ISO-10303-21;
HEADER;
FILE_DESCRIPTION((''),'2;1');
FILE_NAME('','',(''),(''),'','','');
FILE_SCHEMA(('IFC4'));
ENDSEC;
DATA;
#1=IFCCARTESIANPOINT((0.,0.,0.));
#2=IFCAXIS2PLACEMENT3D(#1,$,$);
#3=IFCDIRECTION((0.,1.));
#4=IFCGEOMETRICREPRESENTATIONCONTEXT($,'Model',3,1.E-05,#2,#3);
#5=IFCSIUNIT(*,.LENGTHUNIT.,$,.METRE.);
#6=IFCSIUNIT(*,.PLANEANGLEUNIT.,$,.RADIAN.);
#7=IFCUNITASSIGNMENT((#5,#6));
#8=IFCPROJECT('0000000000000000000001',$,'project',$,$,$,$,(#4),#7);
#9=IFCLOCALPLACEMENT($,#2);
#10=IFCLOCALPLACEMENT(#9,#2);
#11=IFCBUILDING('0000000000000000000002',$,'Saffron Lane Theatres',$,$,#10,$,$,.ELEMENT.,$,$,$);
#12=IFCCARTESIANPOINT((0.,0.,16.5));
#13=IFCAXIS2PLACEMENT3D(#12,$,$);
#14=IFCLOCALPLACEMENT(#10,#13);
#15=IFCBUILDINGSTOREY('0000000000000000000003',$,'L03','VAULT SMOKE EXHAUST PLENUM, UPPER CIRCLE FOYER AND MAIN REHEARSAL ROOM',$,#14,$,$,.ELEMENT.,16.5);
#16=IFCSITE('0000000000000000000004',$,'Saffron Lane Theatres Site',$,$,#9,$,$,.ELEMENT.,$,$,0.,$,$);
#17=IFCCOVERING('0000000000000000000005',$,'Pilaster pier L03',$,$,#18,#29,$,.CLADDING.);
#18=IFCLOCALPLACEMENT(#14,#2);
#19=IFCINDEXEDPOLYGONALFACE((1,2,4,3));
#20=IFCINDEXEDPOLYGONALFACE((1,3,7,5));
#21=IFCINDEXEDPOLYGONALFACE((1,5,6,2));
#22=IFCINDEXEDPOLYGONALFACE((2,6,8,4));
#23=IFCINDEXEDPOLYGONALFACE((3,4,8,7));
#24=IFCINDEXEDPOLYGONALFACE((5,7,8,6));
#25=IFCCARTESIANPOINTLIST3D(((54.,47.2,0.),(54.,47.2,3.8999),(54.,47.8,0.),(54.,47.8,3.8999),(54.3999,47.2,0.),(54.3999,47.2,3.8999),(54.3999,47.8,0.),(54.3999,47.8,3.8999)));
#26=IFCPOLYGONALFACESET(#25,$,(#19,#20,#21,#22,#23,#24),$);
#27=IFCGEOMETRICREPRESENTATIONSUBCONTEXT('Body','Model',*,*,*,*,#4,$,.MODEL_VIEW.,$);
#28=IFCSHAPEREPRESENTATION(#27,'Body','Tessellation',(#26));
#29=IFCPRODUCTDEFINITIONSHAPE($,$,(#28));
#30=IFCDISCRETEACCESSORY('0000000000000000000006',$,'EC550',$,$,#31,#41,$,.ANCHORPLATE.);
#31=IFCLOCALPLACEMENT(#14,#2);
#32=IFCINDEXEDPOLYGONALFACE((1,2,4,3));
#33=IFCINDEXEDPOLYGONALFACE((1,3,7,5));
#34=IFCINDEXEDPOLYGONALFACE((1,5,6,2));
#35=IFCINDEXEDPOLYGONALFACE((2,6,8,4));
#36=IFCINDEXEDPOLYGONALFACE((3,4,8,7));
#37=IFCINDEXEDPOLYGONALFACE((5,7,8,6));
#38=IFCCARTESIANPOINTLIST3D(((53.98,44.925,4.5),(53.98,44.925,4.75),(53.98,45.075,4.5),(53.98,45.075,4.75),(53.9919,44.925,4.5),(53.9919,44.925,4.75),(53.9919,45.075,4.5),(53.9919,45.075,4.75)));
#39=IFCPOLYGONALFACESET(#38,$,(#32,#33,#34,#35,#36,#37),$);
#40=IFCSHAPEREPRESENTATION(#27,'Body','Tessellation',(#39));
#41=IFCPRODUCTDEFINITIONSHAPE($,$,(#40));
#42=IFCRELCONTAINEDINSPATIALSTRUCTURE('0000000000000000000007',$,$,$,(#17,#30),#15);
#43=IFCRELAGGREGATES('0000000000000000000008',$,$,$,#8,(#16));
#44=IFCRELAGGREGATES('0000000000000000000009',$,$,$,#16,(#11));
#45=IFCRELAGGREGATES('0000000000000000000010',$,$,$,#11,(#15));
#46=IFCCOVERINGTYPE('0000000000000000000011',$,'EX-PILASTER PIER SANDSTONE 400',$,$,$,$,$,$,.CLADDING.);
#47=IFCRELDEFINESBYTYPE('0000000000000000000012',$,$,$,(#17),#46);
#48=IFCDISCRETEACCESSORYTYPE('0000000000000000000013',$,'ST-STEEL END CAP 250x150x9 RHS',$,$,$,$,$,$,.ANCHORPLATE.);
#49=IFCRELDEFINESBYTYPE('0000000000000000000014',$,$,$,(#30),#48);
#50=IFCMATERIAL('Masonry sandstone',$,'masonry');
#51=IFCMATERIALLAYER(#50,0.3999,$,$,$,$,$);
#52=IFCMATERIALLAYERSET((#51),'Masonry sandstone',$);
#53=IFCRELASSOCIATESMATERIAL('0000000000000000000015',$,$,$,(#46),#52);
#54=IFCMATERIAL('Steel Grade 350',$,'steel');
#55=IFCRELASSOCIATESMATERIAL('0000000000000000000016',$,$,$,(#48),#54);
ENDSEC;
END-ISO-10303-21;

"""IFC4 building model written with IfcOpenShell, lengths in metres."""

from ifc_helpers import new_model, si_unit, direction, frame, origin, origin_2d, place, context, subcontext, project, spatial, rectangle, extrude, material, layer, layer_set, material_profile, profile_set, type_object, element, save


model = new_model("IFC4")

# Units and contexts
model_context = context("Model", 3, precision=1e-05, world=origin(), true_north=direction((0.0, 1.0)))
body_context = subcontext(model_context, "Body", "Model", "MODEL_VIEW")
ifc_project = project(units=[si_unit("LENGTHUNIT", "METRE"), si_unit("PLANEANGLEUNIT", "RADIAN")], contexts=[model_context])

# Site, building, storey
site_placement = place(None, origin())
site = spatial("IfcSite", under=ifc_project, at=site_placement, Name="Saffron Lane Theatres Site", CompositionType="ELEMENT", RefElevation=0.0)
building_placement = place(site_placement, origin())
building = spatial("IfcBuilding", under=site, at=building_placement, Name="Saffron Lane Theatres", CompositionType="ELEMENT")
storey_placement = place(building_placement, frame((0.0, 0.0, 16.5)))
storey = spatial("IfcBuildingStorey", under=building, at=storey_placement, Name="L03", Description="VAULT SMOKE EXHAUST PLENUM, UPPER CIRCLE FOYER AND MAIN REHEARSAL ROOM", CompositionType="ELEMENT", Elevation=16.5)

# Covering
ifc_material_1 = material(Name="Masonry sandstone", Category="masonry")
ifc_layer_1 = layer(ifc_material_1, 0.3999)
ifc_layer_set_1 = layer_set([ifc_layer_1], Name="Masonry sandstone")
covering_type_1 = type_object("IfcCoveringType", Name="EX-PILASTER PIER SANDSTONE 400", PredefinedType="CLADDING", material=ifc_layer_set_1)
for number, where, z_axis, x_axis, name in (
    (1, (54.2, 47.5, 0.0), (0.0, 0.0, 1.0), (0.0, -1.0, 0.0), "Pilaster pier L03"),
):
    element("IfcCovering", number, at=place(storey_placement, frame(where, z_axis=z_axis, x_axis=x_axis)), inside=storey, type_object=covering_type_1, Name=name, PredefinedType="CLADDING", context=body_context, shape_type="SweptSolid", body=[
        extrude(rectangle(XDim=0.6001, YDim=0.3999, at=origin_2d()), origin(), (0.0, 0.0, 1.0), 3.8999),
    ])

# Discrete accessory
ifc_material_2 = material(Name="Steel Grade 350", Category="steel")
ifc_material_profile_1 = material_profile(ifc_material_2, rectangle(XDim=0.1499, YDim=0.25, at=origin_2d()))
ifc_profile_set_1 = profile_set([ifc_material_profile_1], Name="Steel Grade 350")
discrete_accessory_type = type_object("IfcDiscreteAccessoryType", Name="ST-STEEL END CAP 250x150x9 RHS", PredefinedType="ANCHORPLATE", material=ifc_profile_set_1)
discrete_accessory_placement = place(storey_placement, frame((53.9919, 45.0, 4.625), z_axis=(-1.0, 0.0, 0.0), x_axis=(0.0, -1.0, 0.0)))
element("IfcDiscreteAccessory", 2, at=discrete_accessory_placement, inside=storey, type_object=discrete_accessory_type, Name="EC550", PredefinedType="ANCHORPLATE", context=body_context, shape_type="SweptSolid", body=[
    extrude(rectangle(XDim=0.1499, YDim=0.25, at=origin_2d()), origin(), (0.0, 0.0, 1.0), 0.012),
])

save(model, "model.ifc")
